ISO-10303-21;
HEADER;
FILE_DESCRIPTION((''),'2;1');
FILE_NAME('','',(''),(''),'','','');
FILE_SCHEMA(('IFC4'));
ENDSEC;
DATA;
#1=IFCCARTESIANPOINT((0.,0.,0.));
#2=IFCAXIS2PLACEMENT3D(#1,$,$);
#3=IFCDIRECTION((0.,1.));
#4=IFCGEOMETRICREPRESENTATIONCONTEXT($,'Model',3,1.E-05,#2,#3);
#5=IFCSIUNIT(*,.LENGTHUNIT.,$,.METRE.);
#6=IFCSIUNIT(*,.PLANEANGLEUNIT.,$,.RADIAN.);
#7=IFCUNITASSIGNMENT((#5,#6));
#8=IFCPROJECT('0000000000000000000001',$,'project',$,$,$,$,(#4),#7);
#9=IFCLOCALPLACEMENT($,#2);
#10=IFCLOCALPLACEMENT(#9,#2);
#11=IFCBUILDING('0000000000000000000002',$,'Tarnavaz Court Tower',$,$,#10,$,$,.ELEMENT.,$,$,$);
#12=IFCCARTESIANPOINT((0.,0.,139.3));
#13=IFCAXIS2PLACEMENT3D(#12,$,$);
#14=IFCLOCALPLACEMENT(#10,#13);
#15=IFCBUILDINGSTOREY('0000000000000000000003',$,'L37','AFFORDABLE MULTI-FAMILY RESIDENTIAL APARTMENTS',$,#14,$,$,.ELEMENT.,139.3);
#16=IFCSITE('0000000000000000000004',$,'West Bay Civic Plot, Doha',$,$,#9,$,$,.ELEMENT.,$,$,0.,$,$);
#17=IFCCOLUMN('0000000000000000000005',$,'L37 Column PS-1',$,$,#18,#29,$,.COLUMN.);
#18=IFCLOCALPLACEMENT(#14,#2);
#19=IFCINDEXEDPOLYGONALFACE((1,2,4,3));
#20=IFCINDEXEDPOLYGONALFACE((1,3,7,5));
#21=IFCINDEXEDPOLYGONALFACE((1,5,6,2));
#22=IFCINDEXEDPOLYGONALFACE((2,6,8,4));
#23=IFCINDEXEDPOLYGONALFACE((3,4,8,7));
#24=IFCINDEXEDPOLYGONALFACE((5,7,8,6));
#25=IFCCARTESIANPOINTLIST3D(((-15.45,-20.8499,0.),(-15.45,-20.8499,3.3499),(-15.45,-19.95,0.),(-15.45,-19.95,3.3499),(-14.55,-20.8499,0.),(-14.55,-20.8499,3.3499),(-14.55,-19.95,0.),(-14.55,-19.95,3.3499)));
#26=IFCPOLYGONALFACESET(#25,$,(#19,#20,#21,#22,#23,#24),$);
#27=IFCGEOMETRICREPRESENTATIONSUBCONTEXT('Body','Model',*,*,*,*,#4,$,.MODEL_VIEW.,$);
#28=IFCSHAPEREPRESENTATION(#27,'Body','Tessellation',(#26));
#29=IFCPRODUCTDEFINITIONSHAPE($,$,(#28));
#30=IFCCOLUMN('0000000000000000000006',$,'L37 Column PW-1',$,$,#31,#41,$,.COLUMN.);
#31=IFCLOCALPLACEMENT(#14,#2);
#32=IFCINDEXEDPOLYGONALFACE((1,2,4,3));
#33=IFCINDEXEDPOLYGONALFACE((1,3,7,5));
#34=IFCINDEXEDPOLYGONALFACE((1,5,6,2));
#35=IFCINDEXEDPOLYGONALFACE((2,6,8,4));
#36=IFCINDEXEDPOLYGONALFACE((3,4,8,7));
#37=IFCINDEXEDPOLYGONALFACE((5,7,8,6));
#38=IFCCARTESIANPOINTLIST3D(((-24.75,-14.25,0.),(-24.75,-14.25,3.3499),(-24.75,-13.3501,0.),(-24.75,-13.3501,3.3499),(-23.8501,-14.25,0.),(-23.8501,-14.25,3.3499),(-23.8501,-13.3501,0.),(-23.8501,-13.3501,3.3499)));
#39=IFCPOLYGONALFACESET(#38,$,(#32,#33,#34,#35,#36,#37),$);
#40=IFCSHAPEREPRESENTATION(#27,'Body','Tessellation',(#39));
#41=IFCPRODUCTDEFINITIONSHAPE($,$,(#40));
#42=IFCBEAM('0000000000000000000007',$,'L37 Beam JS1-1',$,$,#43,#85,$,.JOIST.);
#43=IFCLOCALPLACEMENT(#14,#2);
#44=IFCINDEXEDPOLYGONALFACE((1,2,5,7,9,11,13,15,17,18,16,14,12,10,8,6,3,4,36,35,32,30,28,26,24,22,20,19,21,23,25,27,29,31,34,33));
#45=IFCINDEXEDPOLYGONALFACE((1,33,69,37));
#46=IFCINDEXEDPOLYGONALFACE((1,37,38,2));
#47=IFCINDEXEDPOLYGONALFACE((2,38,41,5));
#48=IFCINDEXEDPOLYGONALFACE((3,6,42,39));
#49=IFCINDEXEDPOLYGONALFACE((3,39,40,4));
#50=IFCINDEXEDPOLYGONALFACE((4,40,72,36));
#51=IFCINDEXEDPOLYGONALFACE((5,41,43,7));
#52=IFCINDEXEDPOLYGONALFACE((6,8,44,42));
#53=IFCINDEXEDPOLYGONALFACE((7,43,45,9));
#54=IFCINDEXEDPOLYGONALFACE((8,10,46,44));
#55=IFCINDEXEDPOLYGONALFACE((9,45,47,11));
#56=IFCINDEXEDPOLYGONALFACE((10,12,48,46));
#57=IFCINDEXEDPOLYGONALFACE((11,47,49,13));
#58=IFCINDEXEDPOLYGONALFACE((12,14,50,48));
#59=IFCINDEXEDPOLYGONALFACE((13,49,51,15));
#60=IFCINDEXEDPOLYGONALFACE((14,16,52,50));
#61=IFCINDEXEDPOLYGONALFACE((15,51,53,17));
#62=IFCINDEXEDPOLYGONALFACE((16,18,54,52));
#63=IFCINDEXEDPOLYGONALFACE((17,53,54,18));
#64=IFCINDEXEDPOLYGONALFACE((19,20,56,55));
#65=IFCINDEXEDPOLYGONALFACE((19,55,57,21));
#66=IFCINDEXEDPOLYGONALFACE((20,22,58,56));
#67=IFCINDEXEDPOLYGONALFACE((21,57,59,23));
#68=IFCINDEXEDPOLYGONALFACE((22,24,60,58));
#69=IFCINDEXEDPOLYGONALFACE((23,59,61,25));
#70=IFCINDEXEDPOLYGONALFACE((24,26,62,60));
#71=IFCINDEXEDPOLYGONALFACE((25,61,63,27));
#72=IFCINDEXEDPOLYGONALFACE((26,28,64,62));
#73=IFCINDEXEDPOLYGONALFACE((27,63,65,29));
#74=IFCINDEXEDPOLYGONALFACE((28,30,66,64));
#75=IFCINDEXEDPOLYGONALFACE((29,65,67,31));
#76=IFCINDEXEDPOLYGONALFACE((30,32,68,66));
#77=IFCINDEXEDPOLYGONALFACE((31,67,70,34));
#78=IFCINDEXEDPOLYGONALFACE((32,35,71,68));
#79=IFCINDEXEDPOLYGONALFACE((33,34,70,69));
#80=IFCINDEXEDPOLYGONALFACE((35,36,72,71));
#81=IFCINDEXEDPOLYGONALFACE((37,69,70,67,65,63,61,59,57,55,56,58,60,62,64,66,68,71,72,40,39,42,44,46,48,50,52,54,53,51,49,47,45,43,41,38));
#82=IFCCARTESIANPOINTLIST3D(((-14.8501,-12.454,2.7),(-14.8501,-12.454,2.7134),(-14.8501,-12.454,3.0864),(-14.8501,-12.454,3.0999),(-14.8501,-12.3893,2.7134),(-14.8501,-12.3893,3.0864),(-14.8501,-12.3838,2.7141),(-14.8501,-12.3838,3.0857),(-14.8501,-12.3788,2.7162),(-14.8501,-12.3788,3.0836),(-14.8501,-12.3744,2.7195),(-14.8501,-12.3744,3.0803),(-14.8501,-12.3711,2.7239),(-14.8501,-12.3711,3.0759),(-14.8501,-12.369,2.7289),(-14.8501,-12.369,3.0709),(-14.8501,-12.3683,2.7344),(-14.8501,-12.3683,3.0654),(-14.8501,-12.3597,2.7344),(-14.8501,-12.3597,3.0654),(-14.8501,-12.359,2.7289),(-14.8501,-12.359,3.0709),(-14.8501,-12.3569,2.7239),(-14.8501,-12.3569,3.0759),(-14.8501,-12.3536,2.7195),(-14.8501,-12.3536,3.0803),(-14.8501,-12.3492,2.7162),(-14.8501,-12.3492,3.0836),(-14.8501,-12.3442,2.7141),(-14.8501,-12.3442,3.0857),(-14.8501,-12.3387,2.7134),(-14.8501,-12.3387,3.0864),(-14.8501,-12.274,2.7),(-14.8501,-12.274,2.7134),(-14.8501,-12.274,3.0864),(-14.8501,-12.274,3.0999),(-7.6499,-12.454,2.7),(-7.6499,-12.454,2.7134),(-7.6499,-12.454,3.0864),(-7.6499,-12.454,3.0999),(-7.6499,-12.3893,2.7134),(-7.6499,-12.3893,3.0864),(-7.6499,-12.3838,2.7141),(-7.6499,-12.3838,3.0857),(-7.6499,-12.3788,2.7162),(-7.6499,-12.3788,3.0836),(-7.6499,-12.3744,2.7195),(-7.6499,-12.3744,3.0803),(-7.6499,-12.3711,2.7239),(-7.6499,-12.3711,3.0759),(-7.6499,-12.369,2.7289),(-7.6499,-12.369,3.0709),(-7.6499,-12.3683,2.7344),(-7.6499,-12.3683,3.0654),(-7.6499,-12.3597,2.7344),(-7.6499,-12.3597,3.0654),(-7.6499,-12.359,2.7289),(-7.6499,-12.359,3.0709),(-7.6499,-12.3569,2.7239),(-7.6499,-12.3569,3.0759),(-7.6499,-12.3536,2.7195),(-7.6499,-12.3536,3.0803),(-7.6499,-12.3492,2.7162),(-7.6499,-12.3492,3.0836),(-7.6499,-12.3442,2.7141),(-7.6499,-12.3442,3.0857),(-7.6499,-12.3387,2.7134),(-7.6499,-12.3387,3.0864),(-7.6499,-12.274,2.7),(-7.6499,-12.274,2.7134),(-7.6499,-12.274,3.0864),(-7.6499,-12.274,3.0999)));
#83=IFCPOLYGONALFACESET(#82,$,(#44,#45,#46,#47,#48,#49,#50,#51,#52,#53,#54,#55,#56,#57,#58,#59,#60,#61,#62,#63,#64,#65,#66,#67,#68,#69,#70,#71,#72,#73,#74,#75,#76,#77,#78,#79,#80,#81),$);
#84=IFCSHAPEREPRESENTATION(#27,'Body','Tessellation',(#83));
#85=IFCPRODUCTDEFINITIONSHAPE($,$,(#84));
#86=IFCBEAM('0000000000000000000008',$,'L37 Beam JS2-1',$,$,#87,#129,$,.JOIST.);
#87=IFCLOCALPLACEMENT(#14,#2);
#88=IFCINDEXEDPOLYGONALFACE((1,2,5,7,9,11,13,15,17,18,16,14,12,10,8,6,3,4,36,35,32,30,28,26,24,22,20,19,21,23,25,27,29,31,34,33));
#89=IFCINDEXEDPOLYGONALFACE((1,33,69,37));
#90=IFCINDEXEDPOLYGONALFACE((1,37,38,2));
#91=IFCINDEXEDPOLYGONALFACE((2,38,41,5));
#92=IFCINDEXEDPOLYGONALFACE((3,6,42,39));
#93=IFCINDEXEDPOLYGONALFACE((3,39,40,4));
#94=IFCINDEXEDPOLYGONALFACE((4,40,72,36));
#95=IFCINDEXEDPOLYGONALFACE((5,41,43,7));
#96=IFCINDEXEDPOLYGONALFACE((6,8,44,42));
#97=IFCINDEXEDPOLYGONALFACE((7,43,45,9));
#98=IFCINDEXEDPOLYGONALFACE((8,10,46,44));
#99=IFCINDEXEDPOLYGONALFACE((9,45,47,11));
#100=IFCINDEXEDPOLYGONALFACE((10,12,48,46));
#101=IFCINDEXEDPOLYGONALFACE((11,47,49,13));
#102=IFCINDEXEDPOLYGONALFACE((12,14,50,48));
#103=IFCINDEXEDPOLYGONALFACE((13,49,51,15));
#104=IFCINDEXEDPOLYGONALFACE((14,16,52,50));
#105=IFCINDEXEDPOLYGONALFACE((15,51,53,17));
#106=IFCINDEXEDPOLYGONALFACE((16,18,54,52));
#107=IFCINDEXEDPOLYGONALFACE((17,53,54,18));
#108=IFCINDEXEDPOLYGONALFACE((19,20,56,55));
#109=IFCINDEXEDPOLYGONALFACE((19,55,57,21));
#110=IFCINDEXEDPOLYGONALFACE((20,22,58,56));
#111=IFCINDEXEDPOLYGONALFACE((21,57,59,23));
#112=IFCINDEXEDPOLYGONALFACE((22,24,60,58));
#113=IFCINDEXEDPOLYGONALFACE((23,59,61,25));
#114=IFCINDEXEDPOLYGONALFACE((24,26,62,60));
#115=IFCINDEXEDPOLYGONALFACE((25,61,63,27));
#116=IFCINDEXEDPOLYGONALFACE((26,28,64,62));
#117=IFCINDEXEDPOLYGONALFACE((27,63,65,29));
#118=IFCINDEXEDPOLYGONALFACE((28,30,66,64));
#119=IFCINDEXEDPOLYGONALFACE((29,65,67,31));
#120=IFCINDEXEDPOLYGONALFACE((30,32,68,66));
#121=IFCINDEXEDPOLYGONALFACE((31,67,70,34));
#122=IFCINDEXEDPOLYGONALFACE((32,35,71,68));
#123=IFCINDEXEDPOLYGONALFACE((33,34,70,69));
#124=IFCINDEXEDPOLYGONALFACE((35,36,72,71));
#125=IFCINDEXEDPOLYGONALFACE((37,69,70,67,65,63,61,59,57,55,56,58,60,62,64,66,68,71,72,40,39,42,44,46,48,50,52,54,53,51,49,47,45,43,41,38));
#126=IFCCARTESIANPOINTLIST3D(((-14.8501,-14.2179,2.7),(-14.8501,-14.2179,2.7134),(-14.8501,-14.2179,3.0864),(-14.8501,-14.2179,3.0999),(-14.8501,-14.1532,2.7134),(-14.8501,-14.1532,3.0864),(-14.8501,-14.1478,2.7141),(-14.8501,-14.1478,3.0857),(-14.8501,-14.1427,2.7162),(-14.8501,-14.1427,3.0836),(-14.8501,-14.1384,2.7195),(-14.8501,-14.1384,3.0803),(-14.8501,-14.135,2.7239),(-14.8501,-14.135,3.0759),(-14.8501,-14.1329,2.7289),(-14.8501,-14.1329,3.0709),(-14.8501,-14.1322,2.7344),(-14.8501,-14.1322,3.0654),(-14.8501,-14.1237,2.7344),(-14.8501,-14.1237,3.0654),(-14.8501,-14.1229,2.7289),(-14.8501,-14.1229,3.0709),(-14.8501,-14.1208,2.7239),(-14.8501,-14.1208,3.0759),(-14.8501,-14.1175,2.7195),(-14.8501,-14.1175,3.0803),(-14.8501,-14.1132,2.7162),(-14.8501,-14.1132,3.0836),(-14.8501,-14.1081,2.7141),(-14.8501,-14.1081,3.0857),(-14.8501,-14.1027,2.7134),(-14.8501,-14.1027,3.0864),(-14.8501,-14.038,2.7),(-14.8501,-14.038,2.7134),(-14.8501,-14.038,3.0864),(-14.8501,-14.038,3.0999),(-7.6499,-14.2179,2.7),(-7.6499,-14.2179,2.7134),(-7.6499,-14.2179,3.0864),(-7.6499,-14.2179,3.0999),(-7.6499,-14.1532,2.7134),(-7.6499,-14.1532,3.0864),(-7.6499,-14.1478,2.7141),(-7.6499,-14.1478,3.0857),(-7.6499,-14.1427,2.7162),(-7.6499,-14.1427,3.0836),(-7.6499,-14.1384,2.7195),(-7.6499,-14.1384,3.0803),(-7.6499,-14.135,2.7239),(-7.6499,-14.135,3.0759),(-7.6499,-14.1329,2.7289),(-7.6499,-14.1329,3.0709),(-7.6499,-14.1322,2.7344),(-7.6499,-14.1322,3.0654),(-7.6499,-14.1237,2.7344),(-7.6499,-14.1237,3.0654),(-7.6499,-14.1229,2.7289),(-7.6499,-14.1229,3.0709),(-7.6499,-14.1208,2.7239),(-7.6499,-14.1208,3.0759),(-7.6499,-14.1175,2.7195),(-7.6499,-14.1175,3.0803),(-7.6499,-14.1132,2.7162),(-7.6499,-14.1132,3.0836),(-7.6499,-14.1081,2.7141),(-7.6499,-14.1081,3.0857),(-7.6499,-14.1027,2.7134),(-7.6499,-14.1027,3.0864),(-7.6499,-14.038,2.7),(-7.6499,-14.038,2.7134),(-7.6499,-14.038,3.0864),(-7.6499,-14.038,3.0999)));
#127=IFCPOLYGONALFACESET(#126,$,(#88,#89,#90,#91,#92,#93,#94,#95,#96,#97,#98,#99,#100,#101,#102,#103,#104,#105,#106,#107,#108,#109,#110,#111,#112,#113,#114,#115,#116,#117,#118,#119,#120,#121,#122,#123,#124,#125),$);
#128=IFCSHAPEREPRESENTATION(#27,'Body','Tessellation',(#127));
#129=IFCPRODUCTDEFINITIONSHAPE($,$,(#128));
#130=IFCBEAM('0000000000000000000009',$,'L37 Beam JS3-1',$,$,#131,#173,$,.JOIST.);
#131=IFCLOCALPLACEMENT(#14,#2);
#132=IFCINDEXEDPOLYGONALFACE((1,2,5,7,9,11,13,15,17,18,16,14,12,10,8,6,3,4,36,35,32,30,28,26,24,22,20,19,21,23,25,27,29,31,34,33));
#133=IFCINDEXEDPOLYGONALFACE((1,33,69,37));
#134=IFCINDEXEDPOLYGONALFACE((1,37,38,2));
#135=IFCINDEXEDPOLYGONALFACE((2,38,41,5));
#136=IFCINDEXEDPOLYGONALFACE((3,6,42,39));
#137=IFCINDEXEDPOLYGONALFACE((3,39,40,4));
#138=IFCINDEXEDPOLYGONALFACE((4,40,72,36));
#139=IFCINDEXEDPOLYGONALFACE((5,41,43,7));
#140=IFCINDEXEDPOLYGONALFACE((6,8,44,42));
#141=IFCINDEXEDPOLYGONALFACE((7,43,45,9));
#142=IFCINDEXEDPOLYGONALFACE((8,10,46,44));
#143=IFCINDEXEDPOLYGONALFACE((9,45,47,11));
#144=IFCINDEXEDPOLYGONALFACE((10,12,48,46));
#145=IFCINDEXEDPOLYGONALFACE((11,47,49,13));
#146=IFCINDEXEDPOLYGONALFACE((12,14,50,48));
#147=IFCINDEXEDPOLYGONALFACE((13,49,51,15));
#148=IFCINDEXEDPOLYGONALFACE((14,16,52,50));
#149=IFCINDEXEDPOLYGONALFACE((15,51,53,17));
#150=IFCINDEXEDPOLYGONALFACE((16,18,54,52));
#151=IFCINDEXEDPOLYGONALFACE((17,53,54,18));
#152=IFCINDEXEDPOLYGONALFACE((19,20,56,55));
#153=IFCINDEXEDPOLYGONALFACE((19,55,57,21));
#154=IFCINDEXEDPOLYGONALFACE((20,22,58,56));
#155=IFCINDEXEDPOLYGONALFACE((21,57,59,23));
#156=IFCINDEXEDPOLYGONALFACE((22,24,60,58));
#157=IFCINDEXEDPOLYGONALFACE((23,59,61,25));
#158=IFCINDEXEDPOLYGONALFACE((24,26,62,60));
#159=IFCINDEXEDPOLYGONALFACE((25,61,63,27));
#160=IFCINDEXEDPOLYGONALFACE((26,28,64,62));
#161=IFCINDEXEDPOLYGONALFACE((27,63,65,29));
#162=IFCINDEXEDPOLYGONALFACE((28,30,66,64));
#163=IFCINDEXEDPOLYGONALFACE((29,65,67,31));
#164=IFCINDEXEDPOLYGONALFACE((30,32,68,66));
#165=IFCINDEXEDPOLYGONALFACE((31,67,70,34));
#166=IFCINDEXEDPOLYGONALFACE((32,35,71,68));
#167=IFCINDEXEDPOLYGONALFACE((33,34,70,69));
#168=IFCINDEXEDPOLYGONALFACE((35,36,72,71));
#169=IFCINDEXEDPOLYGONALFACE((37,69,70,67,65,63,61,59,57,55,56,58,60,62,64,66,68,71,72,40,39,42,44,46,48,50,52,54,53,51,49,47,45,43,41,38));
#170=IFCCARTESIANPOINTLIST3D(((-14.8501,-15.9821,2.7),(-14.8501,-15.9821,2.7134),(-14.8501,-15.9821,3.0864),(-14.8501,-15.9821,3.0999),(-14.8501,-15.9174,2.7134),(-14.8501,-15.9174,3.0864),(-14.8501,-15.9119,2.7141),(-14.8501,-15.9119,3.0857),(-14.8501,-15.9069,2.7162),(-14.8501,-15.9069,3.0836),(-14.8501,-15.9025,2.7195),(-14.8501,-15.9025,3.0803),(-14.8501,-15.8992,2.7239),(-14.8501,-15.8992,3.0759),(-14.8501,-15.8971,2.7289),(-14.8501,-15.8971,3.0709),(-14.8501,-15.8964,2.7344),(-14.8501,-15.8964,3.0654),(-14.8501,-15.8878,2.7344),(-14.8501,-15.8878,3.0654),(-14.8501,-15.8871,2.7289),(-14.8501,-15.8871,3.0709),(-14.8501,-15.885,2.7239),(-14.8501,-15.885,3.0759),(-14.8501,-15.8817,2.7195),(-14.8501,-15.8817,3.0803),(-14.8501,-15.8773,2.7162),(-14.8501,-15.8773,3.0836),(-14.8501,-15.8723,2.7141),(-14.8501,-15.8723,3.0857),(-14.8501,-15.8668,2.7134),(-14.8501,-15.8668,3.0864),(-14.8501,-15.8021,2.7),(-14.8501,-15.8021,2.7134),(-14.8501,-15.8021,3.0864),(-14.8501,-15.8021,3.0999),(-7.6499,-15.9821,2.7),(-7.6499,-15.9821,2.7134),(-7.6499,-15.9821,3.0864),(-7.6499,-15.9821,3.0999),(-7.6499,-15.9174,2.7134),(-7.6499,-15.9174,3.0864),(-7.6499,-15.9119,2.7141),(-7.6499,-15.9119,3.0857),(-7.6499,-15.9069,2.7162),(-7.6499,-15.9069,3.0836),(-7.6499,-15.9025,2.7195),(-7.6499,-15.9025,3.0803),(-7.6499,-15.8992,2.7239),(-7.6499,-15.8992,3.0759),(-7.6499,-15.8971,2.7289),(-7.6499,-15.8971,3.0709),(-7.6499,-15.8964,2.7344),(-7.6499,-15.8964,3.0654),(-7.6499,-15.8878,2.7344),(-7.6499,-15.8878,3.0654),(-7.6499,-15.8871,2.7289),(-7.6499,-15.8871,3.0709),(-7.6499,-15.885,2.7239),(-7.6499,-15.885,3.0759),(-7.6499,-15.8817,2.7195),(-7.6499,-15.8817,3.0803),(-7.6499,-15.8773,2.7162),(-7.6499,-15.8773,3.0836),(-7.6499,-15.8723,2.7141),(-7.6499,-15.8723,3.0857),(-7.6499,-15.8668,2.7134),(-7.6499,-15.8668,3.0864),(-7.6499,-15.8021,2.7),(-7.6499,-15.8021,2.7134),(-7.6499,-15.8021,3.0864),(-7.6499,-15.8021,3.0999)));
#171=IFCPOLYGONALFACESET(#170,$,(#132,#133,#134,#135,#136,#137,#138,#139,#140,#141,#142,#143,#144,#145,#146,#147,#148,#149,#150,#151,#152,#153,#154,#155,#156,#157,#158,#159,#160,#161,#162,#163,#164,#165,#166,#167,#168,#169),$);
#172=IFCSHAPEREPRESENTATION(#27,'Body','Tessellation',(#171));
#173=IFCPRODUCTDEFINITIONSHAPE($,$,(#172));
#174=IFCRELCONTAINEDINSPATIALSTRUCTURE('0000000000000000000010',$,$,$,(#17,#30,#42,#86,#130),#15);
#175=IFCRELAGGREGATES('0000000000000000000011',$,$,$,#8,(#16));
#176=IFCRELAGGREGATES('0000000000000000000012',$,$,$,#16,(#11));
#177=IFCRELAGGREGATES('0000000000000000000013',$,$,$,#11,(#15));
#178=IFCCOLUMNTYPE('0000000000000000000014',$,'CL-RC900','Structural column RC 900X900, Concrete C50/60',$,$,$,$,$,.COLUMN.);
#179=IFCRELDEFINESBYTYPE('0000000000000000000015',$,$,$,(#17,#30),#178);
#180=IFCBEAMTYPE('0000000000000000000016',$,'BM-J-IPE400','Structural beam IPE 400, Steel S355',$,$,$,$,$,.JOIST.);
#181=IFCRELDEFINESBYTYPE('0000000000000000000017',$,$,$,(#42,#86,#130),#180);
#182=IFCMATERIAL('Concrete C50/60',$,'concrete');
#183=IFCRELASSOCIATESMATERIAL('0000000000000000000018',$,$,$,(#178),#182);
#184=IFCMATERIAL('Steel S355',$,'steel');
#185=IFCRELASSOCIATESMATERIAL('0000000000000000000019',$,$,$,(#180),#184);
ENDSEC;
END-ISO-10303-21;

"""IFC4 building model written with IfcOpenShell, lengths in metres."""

from ifc_helpers import new_model, si_unit, direction, frame, origin, origin_2d, place, context, subcontext, project, spatial, rectangle, i_section, extrude, material, material_profile, profile_set, type_object, element, save


model = new_model("IFC4")

# Units and contexts
model_context = context("Model", 3, precision=1e-05, world=origin(), true_north=direction((0.0, 1.0)))
body_context = subcontext(model_context, "Body", "Model", "MODEL_VIEW")
ifc_project = project(units=[si_unit("LENGTHUNIT", "METRE"), si_unit("PLANEANGLEUNIT", "RADIAN")], contexts=[model_context])

# Site, building, storey
site_placement = place(None, origin())
site = spatial("IfcSite", under=ifc_project, at=site_placement, Name="West Bay Civic Plot, Doha", CompositionType="ELEMENT", RefElevation=0.0)
building_placement = place(site_placement, origin())
building = spatial("IfcBuilding", under=site, at=building_placement, Name="Tarnavaz Court Tower", CompositionType="ELEMENT")
storey_placement = place(building_placement, frame((0.0, 0.0, 139.3)))
storey = spatial("IfcBuildingStorey", under=building, at=storey_placement, Name="L37", Description="AFFORDABLE MULTI-FAMILY RESIDENTIAL APARTMENTS", CompositionType="ELEMENT", Elevation=139.3)

# Columns
ifc_material_1 = material(Name="Concrete C50/60", Category="concrete")
ifc_material_profile_1 = material_profile(ifc_material_1, rectangle(XDim=0.8999, YDim=0.8999, at=origin_2d()), Name="RC 900X900")
ifc_profile_set_1 = profile_set([ifc_material_profile_1], Name="Concrete C50/60")
column_type = type_object("IfcColumnType", Name="CL-RC900", Description="Structural column RC 900X900, Concrete C50/60", PredefinedType="COLUMN", material=ifc_profile_set_1)
for number, where, z_axis, x_axis, name in (
    (1, (-15.0, -20.3999, 0.0), (0.0, 0.0, 1.0), (1.0, 0.0, 0.0), "L37 Column PS-1"),
    (2, (-24.3, -13.8, 0.0), (0.0, 0.0, 1.0), (1.0, 0.0, 0.0), "L37 Column PW-1"),
):
    element("IfcColumn", number, at=place(storey_placement, frame(where, z_axis=z_axis, x_axis=x_axis)), inside=storey, type_object=column_type, Name=name, PredefinedType="COLUMN", context=body_context, shape_type="SweptSolid", body=[
        extrude(rectangle(XDim=0.8999, YDim=0.8999, at=origin_2d()), origin(), (0.0, 0.0, 1.0), 3.3499),
    ])

# Beams
ifc_material_2 = material(Name="Steel S355", Category="steel")
ifc_material_profile_2 = material_profile(ifc_material_2, i_section(OverallWidth=0.1799, OverallDepth=0.3999, WebThickness=0.0085, FlangeThickness=0.0134, FilletRadius=0.021, at=origin_2d()), Name="IPE 400")
ifc_profile_set_2 = profile_set([ifc_material_profile_2], Name="Steel S355")
beam_type_1 = type_object("IfcBeamType", Name="BM-J-IPE400", Description="Structural beam IPE 400, Steel S355", PredefinedType="JOIST", material=ifc_profile_set_2)
for number, where, z_axis, x_axis, name in (
    (3, (-14.8501, -12.364, 2.8999), (1.0, 0.0, 0.0), (0.0, 1.0, 0.0), "L37 Beam JS1-1"),
    (4, (-14.8501, -14.1279, 2.8999), (1.0, 0.0, 0.0), (0.0, 1.0, 0.0), "L37 Beam JS2-1"),
    (5, (-14.8501, -15.8921, 2.8999), (1.0, 0.0, 0.0), (0.0, 1.0, 0.0), "L37 Beam JS3-1"),
):
    element("IfcBeam", number, at=place(storey_placement, frame(where, z_axis=z_axis, x_axis=x_axis)), inside=storey, type_object=beam_type_1, Name=name, PredefinedType="JOIST", context=body_context, shape_type="SweptSolid", body=[
        extrude(i_section(OverallWidth=0.1799, OverallDepth=0.3999, WebThickness=0.0085, FlangeThickness=0.0134, FilletRadius=0.021, at=origin_2d()), origin(), (0.0, 0.0, 1.0), 7.2002),
    ])

save(model, "model.ifc")
